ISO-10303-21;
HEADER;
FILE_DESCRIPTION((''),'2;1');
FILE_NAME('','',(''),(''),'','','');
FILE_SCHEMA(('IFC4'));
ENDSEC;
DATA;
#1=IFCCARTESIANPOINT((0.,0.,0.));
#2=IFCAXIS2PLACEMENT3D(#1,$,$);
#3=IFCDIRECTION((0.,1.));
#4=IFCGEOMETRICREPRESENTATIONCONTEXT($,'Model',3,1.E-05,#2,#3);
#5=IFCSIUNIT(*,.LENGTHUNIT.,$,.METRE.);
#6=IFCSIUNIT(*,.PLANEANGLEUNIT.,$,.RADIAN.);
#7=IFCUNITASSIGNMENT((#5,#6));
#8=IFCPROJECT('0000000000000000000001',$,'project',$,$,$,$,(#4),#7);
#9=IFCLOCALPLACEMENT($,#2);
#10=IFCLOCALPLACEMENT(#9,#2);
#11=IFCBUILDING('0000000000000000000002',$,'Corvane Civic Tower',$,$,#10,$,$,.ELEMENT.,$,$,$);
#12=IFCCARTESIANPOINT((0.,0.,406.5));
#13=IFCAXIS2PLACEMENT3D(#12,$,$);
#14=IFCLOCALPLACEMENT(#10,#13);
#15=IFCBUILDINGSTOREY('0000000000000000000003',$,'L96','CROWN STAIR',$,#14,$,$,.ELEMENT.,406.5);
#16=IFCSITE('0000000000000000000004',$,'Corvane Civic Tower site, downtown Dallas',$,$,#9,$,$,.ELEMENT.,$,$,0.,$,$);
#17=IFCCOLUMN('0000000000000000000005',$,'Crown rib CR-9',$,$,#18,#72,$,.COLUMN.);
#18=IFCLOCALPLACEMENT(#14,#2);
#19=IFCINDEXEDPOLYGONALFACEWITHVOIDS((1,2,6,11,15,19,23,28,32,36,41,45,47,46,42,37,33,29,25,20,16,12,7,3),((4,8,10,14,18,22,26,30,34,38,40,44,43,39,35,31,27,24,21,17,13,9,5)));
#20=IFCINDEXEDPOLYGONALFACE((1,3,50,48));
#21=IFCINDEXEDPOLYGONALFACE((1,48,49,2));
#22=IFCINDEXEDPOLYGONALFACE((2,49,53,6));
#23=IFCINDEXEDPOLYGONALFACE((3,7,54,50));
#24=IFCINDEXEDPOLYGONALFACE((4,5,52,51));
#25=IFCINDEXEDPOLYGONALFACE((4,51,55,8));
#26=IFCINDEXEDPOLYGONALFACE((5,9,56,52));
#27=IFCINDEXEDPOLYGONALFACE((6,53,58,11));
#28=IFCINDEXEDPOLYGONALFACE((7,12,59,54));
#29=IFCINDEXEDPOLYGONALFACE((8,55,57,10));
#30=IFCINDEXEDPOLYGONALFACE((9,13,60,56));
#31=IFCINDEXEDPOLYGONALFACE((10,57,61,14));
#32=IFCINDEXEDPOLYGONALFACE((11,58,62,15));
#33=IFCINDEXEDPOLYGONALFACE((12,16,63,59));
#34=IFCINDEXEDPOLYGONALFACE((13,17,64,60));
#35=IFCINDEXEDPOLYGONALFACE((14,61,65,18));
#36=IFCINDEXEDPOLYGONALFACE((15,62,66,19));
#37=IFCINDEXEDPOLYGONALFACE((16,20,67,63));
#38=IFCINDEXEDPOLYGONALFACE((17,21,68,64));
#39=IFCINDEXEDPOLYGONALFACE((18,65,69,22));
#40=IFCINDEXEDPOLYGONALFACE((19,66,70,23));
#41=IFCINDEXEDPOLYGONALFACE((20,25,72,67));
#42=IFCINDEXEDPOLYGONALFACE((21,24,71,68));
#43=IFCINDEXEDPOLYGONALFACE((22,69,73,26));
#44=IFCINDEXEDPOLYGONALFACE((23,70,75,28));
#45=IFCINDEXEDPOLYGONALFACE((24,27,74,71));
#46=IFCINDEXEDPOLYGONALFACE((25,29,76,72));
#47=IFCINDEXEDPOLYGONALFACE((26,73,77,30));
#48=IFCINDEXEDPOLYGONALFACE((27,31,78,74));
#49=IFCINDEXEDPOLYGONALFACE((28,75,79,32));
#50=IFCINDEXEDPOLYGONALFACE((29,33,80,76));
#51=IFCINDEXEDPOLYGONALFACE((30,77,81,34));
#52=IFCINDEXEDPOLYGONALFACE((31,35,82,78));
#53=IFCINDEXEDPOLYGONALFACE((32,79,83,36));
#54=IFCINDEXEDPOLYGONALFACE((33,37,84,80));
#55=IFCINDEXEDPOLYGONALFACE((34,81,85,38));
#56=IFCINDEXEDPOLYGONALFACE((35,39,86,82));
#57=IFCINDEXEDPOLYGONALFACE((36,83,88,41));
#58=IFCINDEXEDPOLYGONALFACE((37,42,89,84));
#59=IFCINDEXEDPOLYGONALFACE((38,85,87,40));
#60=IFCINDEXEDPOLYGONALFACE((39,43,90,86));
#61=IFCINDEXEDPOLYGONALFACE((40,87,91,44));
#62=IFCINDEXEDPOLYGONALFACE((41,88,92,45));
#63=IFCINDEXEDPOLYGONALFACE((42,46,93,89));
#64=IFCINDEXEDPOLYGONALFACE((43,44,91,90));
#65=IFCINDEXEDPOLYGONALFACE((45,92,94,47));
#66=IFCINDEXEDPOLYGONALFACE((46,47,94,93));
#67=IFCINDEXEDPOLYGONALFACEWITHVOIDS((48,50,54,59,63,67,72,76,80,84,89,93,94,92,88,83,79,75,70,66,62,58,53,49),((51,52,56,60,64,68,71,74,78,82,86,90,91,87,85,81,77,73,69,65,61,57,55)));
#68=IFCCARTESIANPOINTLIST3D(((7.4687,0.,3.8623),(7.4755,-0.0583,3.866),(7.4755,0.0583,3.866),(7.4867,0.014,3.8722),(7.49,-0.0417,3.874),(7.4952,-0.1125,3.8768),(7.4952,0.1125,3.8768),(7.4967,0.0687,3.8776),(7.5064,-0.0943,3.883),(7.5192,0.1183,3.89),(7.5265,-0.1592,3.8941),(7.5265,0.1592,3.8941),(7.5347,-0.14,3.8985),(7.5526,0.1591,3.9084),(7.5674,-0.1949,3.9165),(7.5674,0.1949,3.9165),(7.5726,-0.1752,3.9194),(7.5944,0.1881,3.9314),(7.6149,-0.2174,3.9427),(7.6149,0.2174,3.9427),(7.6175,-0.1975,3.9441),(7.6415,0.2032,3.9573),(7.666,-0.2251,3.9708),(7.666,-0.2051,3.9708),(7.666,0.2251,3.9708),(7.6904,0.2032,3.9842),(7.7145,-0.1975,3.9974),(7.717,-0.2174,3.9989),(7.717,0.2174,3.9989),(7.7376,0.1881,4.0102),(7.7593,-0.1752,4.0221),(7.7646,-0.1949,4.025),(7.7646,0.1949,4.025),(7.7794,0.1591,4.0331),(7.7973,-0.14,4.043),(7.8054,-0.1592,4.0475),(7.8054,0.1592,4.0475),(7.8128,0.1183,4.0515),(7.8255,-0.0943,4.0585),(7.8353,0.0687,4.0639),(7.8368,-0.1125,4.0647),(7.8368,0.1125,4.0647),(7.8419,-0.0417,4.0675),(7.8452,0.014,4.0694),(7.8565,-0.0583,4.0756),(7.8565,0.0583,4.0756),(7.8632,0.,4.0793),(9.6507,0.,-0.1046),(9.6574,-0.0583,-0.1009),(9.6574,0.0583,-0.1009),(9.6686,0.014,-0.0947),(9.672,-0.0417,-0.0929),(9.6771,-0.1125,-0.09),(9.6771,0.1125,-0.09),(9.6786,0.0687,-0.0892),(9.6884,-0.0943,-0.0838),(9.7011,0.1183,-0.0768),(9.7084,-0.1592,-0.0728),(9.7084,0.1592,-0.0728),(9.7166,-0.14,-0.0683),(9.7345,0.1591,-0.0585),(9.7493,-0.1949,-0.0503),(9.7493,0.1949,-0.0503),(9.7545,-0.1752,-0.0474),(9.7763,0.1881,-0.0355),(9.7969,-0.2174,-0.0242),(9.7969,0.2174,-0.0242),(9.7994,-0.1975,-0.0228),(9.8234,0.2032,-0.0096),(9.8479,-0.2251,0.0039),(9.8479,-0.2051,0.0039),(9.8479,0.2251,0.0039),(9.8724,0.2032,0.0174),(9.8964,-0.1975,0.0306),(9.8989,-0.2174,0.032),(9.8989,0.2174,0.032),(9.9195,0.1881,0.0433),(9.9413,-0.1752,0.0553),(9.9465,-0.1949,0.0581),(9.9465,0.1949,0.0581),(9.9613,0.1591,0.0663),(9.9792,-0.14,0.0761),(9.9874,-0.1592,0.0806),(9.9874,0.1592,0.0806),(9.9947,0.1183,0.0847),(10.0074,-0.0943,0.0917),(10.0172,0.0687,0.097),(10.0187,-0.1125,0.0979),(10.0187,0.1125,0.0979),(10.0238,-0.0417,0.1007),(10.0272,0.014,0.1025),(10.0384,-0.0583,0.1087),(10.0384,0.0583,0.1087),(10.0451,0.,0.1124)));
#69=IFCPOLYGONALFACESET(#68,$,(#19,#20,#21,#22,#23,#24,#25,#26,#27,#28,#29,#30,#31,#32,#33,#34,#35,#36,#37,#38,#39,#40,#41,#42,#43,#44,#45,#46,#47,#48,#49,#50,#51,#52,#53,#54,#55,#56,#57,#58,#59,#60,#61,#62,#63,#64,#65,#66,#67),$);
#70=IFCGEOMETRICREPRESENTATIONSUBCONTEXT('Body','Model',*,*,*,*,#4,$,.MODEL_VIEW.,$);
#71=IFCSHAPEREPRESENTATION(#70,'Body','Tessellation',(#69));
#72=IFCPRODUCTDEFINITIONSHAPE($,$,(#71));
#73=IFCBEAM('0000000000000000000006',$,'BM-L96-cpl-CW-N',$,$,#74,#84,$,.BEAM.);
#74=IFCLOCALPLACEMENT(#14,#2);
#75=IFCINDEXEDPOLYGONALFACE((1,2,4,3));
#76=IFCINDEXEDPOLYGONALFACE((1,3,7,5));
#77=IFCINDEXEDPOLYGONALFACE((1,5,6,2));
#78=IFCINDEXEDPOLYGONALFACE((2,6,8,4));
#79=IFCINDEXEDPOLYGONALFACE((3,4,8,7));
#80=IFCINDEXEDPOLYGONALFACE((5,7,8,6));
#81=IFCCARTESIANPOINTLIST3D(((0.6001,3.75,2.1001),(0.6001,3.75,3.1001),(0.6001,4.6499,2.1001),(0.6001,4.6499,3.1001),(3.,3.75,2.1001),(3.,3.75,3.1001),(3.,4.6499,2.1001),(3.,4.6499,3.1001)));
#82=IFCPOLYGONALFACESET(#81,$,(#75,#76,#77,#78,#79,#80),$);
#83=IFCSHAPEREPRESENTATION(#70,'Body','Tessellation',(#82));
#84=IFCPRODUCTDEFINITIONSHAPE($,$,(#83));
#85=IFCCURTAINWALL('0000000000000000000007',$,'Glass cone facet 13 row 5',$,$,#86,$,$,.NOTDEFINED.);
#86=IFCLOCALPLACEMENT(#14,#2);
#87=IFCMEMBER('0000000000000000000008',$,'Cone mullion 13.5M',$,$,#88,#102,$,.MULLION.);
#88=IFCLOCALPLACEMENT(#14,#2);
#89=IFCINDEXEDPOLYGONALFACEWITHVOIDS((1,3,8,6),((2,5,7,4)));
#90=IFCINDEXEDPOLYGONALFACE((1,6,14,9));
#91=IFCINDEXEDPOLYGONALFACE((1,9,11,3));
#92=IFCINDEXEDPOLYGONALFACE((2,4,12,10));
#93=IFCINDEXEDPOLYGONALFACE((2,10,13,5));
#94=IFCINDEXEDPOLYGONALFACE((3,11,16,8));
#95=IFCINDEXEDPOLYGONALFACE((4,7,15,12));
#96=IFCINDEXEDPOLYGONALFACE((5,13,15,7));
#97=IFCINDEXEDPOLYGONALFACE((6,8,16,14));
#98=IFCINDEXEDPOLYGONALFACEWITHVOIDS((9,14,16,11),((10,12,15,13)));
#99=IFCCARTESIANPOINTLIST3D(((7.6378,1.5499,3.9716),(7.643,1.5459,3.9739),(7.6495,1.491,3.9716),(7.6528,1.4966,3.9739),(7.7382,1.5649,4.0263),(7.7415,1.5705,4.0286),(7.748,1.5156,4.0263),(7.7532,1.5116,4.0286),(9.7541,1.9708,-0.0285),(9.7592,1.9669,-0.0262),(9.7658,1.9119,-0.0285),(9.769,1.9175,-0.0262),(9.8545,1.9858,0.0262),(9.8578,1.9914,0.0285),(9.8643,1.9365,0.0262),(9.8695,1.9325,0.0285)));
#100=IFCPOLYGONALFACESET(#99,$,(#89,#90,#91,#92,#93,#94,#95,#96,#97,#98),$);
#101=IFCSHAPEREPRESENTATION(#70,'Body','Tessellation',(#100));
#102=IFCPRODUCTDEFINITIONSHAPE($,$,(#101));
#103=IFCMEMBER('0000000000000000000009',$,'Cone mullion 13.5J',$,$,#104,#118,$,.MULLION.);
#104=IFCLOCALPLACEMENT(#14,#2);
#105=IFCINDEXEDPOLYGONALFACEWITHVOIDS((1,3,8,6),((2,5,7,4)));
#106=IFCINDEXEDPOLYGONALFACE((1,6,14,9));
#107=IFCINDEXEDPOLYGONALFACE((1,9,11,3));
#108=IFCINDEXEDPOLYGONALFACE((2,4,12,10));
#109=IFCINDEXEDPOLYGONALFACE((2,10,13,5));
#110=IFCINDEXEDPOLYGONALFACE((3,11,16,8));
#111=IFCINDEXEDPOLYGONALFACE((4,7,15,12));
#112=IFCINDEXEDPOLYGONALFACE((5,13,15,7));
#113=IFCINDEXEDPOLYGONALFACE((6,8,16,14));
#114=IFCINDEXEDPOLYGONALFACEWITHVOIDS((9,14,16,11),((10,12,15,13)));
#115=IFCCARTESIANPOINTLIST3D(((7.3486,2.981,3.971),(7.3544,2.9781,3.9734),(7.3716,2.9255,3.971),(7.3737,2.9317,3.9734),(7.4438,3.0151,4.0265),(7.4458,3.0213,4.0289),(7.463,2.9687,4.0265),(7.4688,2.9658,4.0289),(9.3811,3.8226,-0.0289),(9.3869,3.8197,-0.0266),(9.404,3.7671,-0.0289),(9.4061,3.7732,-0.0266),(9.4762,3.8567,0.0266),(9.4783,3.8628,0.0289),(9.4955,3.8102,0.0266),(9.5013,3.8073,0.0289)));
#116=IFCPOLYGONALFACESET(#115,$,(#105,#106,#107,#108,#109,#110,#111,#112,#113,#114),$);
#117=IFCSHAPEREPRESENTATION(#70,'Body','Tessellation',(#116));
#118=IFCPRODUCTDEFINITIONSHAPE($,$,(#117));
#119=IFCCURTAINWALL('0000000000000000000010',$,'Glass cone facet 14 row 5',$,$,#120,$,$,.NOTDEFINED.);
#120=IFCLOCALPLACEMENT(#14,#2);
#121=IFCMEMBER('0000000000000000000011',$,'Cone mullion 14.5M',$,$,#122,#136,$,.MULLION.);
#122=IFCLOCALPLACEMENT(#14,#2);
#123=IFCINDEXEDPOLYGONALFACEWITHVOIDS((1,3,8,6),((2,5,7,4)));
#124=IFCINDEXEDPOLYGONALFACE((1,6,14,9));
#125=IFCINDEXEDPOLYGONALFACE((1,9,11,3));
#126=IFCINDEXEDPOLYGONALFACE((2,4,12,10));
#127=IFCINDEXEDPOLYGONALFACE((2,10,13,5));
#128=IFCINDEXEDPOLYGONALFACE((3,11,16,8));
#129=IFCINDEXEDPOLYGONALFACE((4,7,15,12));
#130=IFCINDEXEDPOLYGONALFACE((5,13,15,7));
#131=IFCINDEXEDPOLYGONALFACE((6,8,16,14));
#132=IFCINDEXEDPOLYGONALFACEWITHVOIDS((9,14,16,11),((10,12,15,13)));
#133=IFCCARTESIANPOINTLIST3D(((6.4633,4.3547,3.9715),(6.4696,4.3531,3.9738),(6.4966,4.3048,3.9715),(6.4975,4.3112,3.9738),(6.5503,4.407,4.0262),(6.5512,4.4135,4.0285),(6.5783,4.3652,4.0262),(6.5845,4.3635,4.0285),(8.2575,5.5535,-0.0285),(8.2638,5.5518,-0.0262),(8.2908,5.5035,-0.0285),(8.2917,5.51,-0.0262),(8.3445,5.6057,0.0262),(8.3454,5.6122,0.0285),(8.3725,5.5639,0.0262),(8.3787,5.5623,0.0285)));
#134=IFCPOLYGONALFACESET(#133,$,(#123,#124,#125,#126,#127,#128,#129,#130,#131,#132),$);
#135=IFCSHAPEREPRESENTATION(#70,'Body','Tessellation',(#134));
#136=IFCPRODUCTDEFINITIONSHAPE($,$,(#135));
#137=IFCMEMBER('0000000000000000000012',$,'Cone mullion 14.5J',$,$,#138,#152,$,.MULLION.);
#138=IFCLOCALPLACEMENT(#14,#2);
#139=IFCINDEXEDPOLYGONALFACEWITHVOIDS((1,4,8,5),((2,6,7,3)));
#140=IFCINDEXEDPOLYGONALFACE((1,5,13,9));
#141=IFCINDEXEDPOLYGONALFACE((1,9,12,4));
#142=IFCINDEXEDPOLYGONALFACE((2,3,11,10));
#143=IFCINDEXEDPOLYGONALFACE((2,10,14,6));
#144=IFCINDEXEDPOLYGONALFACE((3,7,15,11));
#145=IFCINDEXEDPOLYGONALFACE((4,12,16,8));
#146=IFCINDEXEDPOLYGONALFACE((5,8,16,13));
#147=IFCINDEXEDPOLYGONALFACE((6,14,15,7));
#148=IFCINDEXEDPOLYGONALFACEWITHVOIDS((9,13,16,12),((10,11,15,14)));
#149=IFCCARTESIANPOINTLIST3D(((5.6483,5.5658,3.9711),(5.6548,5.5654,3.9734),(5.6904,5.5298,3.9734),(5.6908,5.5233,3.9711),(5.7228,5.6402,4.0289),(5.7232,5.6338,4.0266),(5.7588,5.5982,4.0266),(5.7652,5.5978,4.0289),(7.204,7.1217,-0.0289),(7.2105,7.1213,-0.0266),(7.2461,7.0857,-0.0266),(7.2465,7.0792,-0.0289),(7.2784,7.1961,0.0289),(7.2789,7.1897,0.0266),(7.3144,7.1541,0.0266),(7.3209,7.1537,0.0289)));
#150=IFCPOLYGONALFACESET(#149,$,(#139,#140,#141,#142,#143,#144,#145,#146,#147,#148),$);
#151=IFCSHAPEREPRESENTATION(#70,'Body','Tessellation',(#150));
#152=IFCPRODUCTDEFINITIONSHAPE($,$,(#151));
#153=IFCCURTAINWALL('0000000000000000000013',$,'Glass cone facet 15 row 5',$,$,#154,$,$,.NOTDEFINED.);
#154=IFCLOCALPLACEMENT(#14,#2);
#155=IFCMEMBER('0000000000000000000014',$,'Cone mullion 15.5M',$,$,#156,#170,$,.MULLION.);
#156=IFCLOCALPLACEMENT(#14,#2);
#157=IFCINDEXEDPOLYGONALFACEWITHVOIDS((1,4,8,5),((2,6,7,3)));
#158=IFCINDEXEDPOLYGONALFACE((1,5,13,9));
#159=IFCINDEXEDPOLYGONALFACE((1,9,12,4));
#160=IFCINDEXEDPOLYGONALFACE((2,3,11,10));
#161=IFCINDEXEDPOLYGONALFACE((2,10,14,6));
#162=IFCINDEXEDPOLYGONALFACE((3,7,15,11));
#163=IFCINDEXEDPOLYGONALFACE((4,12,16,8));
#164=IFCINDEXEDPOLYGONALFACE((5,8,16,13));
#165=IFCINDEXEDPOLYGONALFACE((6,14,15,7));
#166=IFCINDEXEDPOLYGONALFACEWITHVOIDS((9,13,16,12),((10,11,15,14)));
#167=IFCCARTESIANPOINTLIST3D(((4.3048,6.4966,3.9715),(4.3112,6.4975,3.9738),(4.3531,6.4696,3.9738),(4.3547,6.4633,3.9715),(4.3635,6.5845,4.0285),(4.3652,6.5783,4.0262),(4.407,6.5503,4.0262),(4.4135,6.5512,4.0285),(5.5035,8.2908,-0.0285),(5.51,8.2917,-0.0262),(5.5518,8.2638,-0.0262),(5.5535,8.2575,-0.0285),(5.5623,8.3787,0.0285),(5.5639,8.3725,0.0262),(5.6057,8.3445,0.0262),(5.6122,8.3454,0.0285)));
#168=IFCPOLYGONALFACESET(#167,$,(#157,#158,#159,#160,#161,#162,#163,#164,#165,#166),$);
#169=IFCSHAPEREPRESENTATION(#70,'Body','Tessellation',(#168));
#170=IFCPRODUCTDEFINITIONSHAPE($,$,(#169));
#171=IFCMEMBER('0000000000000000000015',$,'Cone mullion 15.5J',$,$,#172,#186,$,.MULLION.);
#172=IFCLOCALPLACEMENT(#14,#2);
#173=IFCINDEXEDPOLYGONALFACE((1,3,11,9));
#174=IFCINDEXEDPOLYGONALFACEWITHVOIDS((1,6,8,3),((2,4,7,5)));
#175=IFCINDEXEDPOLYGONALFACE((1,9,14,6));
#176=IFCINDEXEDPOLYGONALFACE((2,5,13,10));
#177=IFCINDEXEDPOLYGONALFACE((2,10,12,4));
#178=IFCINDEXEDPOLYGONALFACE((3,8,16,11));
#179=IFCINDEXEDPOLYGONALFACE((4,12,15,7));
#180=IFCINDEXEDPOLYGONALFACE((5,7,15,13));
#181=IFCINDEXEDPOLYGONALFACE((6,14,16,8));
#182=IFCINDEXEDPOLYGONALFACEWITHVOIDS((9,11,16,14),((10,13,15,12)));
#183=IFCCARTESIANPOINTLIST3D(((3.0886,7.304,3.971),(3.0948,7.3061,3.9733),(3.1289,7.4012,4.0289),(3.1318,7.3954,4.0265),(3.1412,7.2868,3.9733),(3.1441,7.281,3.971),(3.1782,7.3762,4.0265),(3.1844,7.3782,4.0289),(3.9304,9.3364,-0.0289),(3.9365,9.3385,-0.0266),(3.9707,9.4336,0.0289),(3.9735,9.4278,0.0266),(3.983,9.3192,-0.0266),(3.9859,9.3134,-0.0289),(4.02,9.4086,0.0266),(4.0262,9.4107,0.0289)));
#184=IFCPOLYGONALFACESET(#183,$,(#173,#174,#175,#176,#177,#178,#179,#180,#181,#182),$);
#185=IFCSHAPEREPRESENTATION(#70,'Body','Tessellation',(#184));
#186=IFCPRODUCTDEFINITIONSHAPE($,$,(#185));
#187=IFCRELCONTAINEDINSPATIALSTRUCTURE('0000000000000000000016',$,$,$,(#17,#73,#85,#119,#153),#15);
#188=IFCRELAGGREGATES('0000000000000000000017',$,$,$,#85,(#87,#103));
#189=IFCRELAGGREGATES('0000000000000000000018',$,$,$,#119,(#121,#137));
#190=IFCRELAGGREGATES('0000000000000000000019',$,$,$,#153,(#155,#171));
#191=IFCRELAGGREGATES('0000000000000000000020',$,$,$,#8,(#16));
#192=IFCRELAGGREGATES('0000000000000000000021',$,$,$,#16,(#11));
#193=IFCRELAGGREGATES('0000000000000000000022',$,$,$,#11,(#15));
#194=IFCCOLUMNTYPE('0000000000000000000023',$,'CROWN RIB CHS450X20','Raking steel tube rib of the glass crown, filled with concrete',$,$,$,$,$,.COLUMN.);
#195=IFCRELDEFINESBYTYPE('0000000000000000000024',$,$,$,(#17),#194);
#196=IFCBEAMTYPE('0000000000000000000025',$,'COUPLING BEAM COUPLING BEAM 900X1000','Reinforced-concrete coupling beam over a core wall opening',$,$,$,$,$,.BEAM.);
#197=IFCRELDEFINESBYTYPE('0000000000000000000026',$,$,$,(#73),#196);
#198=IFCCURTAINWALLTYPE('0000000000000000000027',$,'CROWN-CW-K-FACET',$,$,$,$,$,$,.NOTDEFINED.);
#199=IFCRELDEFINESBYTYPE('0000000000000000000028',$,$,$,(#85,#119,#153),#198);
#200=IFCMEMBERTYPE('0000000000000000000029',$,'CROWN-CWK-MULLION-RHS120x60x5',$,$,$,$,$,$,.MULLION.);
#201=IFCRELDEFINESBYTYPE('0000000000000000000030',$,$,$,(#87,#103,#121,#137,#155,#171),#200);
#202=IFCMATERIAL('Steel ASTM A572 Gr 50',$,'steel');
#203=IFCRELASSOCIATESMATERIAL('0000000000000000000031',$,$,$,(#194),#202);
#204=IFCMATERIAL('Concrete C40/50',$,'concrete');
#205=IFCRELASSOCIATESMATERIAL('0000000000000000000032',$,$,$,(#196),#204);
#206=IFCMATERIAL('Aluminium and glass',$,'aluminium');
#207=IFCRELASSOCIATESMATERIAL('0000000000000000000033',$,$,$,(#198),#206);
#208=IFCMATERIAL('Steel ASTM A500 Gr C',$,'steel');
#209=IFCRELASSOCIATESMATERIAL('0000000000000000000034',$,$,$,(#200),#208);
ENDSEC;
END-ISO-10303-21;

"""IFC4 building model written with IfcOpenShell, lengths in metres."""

from ifc_helpers import new_model, si_unit, direction, frame, origin, origin_2d, place, context, subcontext, project, spatial, rectangle, hollow_rectangle, hollow_circle, extrude, material, material_profile, profile_set, type_object, element, aggregate, save


model = new_model("IFC4")

# Units and contexts
model_context = context("Model", 3, precision=1e-05, world=origin(), true_north=direction((0.0, 1.0)))
body_context = subcontext(model_context, "Body", "Model", "MODEL_VIEW")
ifc_project = project(units=[si_unit("LENGTHUNIT", "METRE"), si_unit("PLANEANGLEUNIT", "RADIAN")], contexts=[model_context])

# Site, building, storey
site_placement = place(None, origin())
site = spatial("IfcSite", under=ifc_project, at=site_placement, Name="Corvane Civic Tower site, downtown Dallas", CompositionType="ELEMENT", RefElevation=0.0)
building_placement = place(site_placement, origin())
building = spatial("IfcBuilding", under=site, at=building_placement, Name="Corvane Civic Tower", CompositionType="ELEMENT")
storey_placement = place(building_placement, frame((0.0, 0.0, 406.5)))
storey = spatial("IfcBuildingStorey", under=building, at=storey_placement, Name="L96", Description="CROWN STAIR", CompositionType="ELEMENT", Elevation=406.5)

# Column
ifc_material_1 = material(Name="Steel ASTM A572 Gr 50", Category="steel")
ifc_material_profile_1 = material_profile(ifc_material_1, hollow_circle(Radius=0.2251, WallThickness=0.02, at=origin_2d()), Name="CHS450X20")
ifc_profile_set_1 = profile_set([ifc_material_profile_1], Name="Steel ASTM A572 Gr 50")
column_type = type_object("IfcColumnType", Name="CROWN RIB CHS450X20", Description="Raking steel tube rib of the glass crown, filled with concrete", PredefinedType="COLUMN", material=ifc_profile_set_1)
column_placement = place(storey_placement, frame((9.8479, 0.0, 0.0039), z_axis=(-0.481944, 0.0, 0.876202), x_axis=(0.0, -1.0, 0.0)))
element("IfcColumn", 1, at=column_placement, inside=storey, type_object=column_type, Name="Crown rib CR-9", PredefinedType="COLUMN", context=body_context, shape_type="SweptSolid", body=[
    extrude(hollow_circle(Radius=0.2251, WallThickness=0.02, at=origin_2d()), origin(), (0.0, 0.0, 1.0), 4.5273),
])

# Beam
ifc_material_2 = material(Name="Concrete C40/50", Category="concrete")
ifc_material_profile_2 = material_profile(ifc_material_2, rectangle(XDim=0.8999, YDim=1.0, at=origin_2d()), Name="COUPLING BEAM 900X1000")
ifc_profile_set_2 = profile_set([ifc_material_profile_2], Name="Concrete C40/50")
beam_type_1 = type_object("IfcBeamType", Name="COUPLING BEAM COUPLING BEAM 900X1000", Description="Reinforced-concrete coupling beam over a core wall opening", PredefinedType="BEAM", material=ifc_profile_set_2)
beam_1_placement = place(storey_placement, frame((0.6001, 4.2, 2.6001), z_axis=(1.0, 0.0, 0.0), x_axis=(0.0, 1.0, 0.0)))
element("IfcBeam", 2, at=beam_1_placement, inside=storey, type_object=beam_type_1, Name="BM-L96-cpl-CW-N", PredefinedType="BEAM", context=body_context, shape_type="SweptSolid", body=[
    extrude(rectangle(XDim=0.8999, YDim=1.0, at=origin_2d()), origin(), (0.0, 0.0, 1.0), 2.3999),
])

# Curtain walls, members
ifc_material_3 = material(Name="Aluminium and glass", Category="aluminium")
curtain_wall_type = type_object("IfcCurtainWallType", Name="CROWN-CW-K-FACET", PredefinedType="NOTDEFINED", material=ifc_material_3)
curtain_wall_1_placement = place(storey_placement, origin())
curtain_wall_1 = element("IfcCurtainWall", 3, at=curtain_wall_1_placement, inside=storey, type_object=curtain_wall_type, Name="Glass cone facet 13 row 5", PredefinedType="NOTDEFINED")
ifc_material_4 = material(Name="Steel ASTM A500 Gr C", Category="steel")
ifc_material_profile_3 = material_profile(ifc_material_4, hollow_rectangle(XDim=0.0601, YDim=0.1201, WallThickness=0.0049, at=origin_2d()), Name="RHS 120x60x5")
ifc_profile_set_3 = profile_set([ifc_material_profile_3], Name="Steel ASTM A500 Gr C")
member_type_1 = type_object("IfcMemberType", Name="CROWN-CWK-MULLION-RHS120x60x5", PredefinedType="MULLION", material=ifc_profile_set_3)
member_1_placement = place(storey_placement, frame((9.8118, 1.9517, 0.0), z_axis=(-0.46563, -0.09261, 0.88012), x_axis=(0.195072, -0.980789, 0.0)))
member_1 = element("IfcMember", 4, at=member_1_placement, type_object=member_type_1, Name="Cone mullion 13.5M", PredefinedType="MULLION", context=body_context, shape_type="SweptSolid", body=[
    extrude(hollow_rectangle(XDim=0.0601, YDim=0.1201, WallThickness=0.0049, at=origin_2d()), origin(), (0.0, 0.0, 1.0), 4.5449),
])
member_2_placement = place(storey_placement, frame((9.4412, 3.8149, 0.0), z_axis=(-0.44523, -0.184349, 0.876234), x_axis=(0.382558, -0.923932, 0.0)))
member_2 = element("IfcMember", 5, at=member_2_placement, type_object=member_type_1, Name="Cone mullion 13.5J", PredefinedType="MULLION", context=body_context, shape_type="SweptSolid", body=[
    extrude(hollow_rectangle(XDim=0.0601, YDim=0.1201, WallThickness=0.0049, at=origin_2d()), origin(), (0.0, 0.0, 1.0), 4.5649),
])
curtain_wall_2_placement = place(storey_placement, origin())
curtain_wall_2 = element("IfcCurtainWall", 6, at=curtain_wall_2_placement, inside=storey, type_object=curtain_wall_type, Name="Glass cone facet 14 row 5", PredefinedType="NOTDEFINED")
member_3_placement = place(storey_placement, frame((8.3181, 5.5579, 0.0), z_axis=(-0.39477, -0.263753, 0.880108), x_axis=(0.555535, -0.831493, 0.0)))
member_3 = element("IfcMember", 7, at=member_3_placement, type_object=member_type_1, Name="Cone mullion 14.5M", PredefinedType="MULLION", context=body_context, shape_type="SweptSolid", body=[
    extrude(hollow_rectangle(XDim=0.0601, YDim=0.1201, WallThickness=0.0049, at=origin_2d()), origin(), (0.0, 0.0, 1.0), 4.5449),
])
member_4_placement = place(storey_placement, frame((7.2625, 7.1377, 0.0), z_axis=(-0.340767, -0.34082, 0.876196), x_axis=(0.707162, -0.707051, 0.0)))
member_4 = element("IfcMember", 8, at=member_4_placement, type_object=member_type_1, Name="Cone mullion 14.5J", PredefinedType="MULLION", context=body_context, shape_type="SweptSolid", body=[
    extrude(hollow_rectangle(XDim=0.0601, YDim=0.1201, WallThickness=0.0049, at=origin_2d()), origin(), (0.0, 0.0, 1.0), 4.5652),
])
curtain_wall_3_placement = place(storey_placement, origin())
curtain_wall_3 = element("IfcCurtainWall", 9, at=curtain_wall_3_placement, inside=storey, type_object=curtain_wall_type, Name="Glass cone facet 15 row 5", PredefinedType="NOTDEFINED")
member_5_placement = place(storey_placement, frame((5.5579, 8.3181, 0.0), z_axis=(-0.263753, -0.39477, 0.880108), x_axis=(0.831493, -0.555535, 0.0)))
member_5 = element("IfcMember", 10, at=member_5_placement, type_object=member_type_1, Name="Cone mullion 15.5M", PredefinedType="MULLION", context=body_context, shape_type="SweptSolid", body=[
    extrude(hollow_rectangle(XDim=0.0601, YDim=0.1201, WallThickness=0.0049, at=origin_2d()), origin(), (0.0, 0.0, 1.0), 4.5449),
])
member_6_placement = place(storey_placement, frame((3.9783, 9.3735, 0.0), z_axis=(-0.184401, -0.445226, 0.876225), x_axis=(0.923892, -0.382652, 0.0)))
member_6 = element("IfcMember", 11, at=member_6_placement, type_object=member_type_1, Name="Cone mullion 15.5J", PredefinedType="MULLION", context=body_context, shape_type="SweptSolid", body=[
    extrude(hollow_rectangle(XDim=0.0601, YDim=0.1201, WallThickness=0.0049, at=origin_2d()), origin(), (0.0, 0.0, 1.0), 4.5649),
])

aggregate(curtain_wall_1, [member_1, member_2])
aggregate(curtain_wall_2, [member_3, member_4])
aggregate(curtain_wall_3, [member_5, member_6])

save(model, "model.ifc")
